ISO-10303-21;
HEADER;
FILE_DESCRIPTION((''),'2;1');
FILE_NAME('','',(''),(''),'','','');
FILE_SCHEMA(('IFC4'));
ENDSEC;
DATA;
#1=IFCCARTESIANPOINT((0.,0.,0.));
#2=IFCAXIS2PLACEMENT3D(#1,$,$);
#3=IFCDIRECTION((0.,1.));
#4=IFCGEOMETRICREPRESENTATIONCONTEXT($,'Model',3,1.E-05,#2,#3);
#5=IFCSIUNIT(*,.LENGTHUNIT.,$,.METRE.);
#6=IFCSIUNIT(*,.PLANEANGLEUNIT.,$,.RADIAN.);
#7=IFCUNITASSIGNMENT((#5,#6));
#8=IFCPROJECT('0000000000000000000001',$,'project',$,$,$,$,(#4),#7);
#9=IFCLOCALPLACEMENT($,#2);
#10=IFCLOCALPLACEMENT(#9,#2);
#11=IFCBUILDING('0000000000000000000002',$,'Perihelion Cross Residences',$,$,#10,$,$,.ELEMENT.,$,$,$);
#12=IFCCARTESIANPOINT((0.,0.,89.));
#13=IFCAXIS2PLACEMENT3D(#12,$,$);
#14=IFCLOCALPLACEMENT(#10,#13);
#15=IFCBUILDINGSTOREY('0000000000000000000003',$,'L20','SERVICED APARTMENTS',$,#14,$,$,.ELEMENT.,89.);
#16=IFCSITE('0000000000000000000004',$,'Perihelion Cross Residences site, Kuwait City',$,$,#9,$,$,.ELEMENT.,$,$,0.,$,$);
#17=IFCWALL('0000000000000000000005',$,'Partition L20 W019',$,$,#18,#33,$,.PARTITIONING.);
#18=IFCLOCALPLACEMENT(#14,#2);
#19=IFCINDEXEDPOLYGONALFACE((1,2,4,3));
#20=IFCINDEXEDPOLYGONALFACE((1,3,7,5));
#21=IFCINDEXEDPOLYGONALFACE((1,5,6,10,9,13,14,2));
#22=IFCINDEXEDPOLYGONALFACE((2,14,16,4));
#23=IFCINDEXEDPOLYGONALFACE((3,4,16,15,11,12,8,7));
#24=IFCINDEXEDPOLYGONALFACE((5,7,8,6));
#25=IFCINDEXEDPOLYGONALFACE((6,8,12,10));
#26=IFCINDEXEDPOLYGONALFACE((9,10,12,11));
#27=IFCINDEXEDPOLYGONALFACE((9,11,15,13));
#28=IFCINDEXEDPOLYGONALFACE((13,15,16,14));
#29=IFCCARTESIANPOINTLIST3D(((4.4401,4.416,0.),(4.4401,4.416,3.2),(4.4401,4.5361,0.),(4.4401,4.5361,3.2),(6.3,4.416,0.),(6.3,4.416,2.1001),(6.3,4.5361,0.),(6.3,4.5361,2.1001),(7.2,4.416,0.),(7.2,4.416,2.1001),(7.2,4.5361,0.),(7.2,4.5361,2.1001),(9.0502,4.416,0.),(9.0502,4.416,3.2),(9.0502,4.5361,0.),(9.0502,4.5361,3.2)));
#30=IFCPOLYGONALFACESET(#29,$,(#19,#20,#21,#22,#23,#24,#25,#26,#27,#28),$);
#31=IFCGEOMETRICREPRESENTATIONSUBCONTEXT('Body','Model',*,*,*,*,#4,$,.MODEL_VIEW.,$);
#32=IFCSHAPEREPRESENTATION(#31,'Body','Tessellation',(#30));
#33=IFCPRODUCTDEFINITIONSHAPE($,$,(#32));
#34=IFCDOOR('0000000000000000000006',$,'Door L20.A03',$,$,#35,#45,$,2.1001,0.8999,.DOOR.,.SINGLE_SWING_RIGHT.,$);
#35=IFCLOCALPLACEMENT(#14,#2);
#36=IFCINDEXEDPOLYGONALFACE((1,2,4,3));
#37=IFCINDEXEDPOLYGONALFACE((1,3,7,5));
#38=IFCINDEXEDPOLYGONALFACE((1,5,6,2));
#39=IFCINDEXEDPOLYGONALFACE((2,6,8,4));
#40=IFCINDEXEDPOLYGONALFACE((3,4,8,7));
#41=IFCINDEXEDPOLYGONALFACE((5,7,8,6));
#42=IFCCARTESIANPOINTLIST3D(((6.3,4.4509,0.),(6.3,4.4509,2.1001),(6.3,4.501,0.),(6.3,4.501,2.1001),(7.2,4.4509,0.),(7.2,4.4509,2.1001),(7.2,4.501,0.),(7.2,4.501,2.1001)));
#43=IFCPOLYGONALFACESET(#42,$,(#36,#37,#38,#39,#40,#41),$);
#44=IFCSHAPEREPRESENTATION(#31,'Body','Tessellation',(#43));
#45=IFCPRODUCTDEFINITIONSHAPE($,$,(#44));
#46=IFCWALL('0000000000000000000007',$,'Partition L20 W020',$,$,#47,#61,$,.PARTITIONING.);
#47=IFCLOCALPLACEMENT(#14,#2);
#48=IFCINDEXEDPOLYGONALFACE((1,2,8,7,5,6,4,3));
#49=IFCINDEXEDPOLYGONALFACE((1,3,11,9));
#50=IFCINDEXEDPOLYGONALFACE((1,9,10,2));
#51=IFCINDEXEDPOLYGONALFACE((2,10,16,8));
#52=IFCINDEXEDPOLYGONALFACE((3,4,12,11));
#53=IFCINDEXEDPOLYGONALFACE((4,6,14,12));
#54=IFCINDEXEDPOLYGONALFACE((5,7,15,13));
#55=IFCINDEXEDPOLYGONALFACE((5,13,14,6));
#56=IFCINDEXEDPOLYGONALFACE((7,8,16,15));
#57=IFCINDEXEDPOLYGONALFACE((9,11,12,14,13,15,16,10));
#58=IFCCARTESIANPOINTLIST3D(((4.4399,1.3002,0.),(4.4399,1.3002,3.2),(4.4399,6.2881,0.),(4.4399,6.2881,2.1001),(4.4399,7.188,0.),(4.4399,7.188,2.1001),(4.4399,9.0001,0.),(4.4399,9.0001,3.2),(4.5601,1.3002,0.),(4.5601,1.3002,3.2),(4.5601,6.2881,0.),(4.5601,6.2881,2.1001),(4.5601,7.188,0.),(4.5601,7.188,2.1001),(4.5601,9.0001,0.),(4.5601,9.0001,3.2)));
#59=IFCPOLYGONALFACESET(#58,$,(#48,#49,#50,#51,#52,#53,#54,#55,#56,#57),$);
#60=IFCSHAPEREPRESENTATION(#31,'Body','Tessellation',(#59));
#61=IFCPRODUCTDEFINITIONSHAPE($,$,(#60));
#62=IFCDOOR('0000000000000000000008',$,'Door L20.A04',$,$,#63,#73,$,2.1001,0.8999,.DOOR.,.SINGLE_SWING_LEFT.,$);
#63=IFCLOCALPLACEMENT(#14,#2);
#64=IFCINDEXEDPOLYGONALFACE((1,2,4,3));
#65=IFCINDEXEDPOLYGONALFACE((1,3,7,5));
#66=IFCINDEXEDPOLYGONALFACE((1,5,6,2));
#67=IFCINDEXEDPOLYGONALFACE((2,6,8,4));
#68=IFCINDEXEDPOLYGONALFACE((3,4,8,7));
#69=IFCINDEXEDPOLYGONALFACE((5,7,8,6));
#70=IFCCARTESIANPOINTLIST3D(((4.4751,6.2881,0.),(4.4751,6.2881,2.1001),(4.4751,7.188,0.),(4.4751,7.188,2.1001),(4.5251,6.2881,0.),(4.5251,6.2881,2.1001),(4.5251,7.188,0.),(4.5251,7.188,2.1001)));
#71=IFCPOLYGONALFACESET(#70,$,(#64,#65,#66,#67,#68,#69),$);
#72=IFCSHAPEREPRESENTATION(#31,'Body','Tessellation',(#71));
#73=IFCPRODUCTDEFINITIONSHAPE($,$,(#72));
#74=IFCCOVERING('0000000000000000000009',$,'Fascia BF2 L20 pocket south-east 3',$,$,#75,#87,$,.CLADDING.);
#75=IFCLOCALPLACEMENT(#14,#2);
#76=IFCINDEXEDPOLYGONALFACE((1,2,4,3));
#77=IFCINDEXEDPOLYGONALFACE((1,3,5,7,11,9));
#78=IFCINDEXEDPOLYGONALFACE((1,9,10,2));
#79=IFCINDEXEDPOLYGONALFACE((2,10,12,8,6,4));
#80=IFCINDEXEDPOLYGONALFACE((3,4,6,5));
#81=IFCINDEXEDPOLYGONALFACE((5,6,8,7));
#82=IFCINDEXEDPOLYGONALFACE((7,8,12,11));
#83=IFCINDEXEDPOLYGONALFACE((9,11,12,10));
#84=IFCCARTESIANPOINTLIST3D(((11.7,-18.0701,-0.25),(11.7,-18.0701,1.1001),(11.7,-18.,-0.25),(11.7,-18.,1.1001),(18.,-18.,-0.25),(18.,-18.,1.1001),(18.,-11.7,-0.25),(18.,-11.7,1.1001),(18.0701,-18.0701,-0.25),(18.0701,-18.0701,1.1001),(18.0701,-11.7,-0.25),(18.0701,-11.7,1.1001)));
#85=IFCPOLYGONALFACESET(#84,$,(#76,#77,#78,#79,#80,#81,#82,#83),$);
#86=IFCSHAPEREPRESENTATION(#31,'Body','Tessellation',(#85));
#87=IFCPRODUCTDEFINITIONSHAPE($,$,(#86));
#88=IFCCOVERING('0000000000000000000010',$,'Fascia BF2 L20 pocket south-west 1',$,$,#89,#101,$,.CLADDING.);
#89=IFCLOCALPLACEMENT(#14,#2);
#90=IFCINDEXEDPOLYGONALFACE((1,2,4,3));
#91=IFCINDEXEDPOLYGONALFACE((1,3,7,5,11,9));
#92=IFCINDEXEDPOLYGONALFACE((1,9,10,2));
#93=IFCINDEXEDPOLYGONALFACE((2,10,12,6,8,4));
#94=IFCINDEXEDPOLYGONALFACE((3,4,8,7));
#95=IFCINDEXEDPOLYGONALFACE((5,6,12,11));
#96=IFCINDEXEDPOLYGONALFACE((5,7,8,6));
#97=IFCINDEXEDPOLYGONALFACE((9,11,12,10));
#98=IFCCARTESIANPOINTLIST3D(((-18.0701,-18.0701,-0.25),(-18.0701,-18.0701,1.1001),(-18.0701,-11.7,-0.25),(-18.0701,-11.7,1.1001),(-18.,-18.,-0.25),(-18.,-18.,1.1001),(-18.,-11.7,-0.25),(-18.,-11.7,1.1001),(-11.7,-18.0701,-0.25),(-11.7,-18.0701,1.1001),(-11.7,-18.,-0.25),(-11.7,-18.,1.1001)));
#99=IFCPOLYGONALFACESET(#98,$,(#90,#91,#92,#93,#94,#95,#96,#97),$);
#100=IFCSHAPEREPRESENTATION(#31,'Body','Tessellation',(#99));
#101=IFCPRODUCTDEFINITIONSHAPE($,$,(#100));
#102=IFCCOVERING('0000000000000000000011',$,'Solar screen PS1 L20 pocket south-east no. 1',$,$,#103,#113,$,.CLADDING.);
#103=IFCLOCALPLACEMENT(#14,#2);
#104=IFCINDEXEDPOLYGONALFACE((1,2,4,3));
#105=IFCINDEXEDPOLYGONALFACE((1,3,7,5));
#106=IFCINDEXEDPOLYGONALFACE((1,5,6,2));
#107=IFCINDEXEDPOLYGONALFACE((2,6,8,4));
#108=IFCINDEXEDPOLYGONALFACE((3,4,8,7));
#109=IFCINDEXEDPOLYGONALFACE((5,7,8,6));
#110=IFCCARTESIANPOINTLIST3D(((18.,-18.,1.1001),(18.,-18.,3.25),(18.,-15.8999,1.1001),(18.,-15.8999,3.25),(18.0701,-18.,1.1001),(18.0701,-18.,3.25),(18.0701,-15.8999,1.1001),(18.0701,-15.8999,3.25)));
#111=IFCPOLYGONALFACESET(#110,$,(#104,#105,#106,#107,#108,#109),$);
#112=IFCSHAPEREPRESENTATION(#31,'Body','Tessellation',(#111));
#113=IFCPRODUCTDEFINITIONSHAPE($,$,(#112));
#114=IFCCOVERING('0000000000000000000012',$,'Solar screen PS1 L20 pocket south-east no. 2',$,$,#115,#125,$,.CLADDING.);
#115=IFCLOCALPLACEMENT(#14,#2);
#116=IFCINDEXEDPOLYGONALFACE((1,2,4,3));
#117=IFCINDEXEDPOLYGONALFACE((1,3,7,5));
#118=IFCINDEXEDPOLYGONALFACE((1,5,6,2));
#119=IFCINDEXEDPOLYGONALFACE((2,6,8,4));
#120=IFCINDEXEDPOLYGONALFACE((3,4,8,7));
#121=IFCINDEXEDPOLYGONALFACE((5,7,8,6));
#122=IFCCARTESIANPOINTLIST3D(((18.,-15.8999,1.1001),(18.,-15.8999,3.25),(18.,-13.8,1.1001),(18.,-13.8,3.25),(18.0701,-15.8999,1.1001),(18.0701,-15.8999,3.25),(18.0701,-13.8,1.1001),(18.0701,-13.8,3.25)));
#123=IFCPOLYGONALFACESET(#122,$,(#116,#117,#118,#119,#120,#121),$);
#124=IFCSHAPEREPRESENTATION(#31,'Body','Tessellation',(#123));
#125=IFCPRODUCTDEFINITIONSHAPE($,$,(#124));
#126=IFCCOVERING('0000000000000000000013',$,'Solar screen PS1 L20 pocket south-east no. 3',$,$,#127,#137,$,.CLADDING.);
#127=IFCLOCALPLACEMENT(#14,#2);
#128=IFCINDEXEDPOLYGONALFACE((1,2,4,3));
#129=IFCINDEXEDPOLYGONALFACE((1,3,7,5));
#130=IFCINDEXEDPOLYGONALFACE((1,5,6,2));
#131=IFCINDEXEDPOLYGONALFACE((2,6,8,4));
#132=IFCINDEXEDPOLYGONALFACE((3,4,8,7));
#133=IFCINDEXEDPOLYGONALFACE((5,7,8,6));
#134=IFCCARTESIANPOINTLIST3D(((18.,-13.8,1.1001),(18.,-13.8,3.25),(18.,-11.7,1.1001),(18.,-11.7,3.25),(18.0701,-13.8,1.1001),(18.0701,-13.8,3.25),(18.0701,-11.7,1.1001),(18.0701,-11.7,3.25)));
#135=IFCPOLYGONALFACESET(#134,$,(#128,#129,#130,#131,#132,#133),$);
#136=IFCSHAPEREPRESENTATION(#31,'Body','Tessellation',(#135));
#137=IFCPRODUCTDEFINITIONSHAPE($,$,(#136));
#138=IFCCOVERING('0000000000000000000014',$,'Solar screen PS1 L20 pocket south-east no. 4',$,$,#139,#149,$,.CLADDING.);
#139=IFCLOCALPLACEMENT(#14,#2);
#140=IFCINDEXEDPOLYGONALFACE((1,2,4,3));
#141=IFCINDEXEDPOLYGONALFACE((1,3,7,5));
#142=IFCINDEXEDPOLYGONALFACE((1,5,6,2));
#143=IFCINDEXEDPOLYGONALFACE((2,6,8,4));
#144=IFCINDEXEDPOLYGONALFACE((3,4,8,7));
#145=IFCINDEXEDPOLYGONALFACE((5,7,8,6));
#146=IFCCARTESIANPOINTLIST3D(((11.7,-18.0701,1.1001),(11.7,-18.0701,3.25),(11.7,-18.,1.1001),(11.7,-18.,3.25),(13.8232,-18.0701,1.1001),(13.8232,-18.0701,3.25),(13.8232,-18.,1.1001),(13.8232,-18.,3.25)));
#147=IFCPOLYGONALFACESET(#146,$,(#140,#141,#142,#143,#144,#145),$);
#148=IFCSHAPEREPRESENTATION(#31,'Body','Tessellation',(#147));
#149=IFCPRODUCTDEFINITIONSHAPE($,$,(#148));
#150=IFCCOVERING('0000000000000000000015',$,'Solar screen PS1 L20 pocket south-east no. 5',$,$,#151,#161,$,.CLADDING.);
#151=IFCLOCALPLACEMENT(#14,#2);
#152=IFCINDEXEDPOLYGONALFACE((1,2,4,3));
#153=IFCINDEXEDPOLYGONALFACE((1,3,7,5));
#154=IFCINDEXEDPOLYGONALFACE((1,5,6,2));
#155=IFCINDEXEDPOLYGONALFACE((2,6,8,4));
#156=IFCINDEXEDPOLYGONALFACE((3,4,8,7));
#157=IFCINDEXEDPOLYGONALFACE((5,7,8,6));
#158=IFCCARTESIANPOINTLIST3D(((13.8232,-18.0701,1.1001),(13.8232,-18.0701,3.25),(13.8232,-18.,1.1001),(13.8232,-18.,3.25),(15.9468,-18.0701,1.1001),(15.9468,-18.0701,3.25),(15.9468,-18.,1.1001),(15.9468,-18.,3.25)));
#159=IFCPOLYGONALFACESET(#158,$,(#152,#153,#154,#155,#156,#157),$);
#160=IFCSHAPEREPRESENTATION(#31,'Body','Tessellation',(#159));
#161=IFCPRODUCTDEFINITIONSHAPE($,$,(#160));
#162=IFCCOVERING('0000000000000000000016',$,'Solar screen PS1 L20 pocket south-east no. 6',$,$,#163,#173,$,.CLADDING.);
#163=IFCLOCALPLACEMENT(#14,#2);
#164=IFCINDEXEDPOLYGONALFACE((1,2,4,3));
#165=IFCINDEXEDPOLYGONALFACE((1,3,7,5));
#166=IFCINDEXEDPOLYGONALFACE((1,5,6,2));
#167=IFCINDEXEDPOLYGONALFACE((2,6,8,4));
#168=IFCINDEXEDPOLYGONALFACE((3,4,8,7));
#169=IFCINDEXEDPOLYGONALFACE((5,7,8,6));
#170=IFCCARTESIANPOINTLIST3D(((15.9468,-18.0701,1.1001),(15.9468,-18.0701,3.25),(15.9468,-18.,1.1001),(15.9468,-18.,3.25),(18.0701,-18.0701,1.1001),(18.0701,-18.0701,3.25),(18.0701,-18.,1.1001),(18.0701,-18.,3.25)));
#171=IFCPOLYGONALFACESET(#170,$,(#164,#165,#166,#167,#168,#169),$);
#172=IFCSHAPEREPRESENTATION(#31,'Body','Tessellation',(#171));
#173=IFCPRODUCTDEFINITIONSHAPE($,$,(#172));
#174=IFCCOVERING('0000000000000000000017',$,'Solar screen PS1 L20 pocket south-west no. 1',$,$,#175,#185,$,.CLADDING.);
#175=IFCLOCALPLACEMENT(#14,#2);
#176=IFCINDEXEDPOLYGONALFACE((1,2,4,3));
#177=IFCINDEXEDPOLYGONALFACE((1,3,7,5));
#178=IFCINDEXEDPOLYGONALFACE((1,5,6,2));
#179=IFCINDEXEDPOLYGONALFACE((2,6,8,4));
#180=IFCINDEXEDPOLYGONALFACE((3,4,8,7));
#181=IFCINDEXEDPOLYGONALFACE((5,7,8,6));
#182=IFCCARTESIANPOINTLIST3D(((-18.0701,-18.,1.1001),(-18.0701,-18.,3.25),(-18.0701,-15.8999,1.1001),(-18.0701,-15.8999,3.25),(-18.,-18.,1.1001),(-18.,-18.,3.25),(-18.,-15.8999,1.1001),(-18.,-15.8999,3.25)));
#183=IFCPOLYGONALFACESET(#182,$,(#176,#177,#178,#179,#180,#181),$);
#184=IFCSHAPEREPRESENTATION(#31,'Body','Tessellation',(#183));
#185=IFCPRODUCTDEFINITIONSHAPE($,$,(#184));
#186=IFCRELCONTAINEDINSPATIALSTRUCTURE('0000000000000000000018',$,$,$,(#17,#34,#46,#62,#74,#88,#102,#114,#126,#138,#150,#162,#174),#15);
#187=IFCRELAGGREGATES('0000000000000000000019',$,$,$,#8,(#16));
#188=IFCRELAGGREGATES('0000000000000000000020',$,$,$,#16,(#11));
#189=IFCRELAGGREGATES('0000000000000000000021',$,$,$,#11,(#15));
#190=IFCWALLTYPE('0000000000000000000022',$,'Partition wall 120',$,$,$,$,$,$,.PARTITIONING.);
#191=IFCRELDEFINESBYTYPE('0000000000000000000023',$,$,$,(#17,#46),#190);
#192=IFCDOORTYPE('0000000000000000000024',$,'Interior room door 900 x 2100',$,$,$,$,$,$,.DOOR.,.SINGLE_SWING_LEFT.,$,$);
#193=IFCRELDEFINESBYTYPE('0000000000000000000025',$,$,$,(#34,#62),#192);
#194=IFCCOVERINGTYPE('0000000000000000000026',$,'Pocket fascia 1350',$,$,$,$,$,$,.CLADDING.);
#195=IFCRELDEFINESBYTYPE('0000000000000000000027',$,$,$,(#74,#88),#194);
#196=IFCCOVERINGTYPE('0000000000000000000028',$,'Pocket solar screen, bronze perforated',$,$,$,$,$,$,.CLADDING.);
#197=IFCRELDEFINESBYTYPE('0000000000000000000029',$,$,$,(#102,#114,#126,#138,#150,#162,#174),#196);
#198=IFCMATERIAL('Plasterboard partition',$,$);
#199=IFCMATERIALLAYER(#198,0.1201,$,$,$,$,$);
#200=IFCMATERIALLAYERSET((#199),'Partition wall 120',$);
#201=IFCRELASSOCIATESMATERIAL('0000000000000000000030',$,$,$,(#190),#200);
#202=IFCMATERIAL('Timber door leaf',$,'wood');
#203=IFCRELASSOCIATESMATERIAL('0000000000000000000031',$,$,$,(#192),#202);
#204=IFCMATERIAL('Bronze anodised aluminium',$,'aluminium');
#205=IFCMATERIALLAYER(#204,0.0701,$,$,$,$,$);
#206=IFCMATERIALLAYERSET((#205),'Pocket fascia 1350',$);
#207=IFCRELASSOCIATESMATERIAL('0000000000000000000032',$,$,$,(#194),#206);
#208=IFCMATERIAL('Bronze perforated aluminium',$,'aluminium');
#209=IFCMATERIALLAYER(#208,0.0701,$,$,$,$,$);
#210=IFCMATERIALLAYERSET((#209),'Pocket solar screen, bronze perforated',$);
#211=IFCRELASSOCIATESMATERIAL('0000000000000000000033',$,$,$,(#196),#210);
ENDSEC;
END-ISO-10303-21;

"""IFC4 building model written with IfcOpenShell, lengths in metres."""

from ifc_helpers import new_model, si_unit, direction, frame, frame_2d, origin, place, context, subcontext, project, spatial, polyline, rectangle, outline, extrude, material, layer, layer_set, type_object, element, fill, save


model = new_model("IFC4")

# Units and contexts
model_context = context("Model", 3, precision=1e-05, world=origin(), true_north=direction((0.0, 1.0)))
body_context = subcontext(model_context, "Body", "Model", "MODEL_VIEW")
ifc_project = project(units=[si_unit("LENGTHUNIT", "METRE"), si_unit("PLANEANGLEUNIT", "RADIAN")], contexts=[model_context])

# Site, building, storey
site_placement = place(None, origin())
site = spatial("IfcSite", under=ifc_project, at=site_placement, Name="Perihelion Cross Residences site, Kuwait City", CompositionType="ELEMENT", RefElevation=0.0)
building_placement = place(site_placement, origin())
building = spatial("IfcBuilding", under=site, at=building_placement, Name="Perihelion Cross Residences", CompositionType="ELEMENT")
storey_placement = place(building_placement, frame((0.0, 0.0, 89.0)))
storey = spatial("IfcBuildingStorey", under=building, at=storey_placement, Name="L20", Description="SERVICED APARTMENTS", CompositionType="ELEMENT", Elevation=89.0)

# Walls, openings, doors
ifc_material_1 = material(Name="Plasterboard partition")
ifc_layer_1 = layer(ifc_material_1, 0.1201)
ifc_layer_set_1 = layer_set([ifc_layer_1], Name="Partition wall 120")
wall_type_1 = type_object("IfcWallType", Name="Partition wall 120", PredefinedType="PARTITIONING", material=ifc_layer_set_1)
wall_1_placement = place(storey_placement, frame((4.4399, 4.4761, 0.0), z_axis=(0.0, 0.0, 1.0), x_axis=(1.0, 0.0, 0.0)))
wall_1 = element("IfcWall", 1, at=wall_1_placement, inside=storey, type_object=wall_type_1, Name="Partition L20 W019", PredefinedType="PARTITIONING", context=body_context, shape_type="SweptSolid", body=[
    extrude(rectangle(XDim=4.6101, YDim=0.1201, at=frame_2d((2.3052, 0.0))), origin(), (0.0, 0.0, 1.0), 3.2),
])
opening_1_placement = place(wall_1_placement, frame((1.8601, 0.0, 0.0)))
opening_1 = element("IfcOpeningElement", 2, at=opening_1_placement, cuts=wall_1, PredefinedType="OPENING", context=body_context, shape_type="SweptSolid", body=[
    extrude(rectangle(XDim=0.8999, YDim=2.1001, at=frame_2d((0.45, 1.05))), frame((0.0, 0.0701, 0.0), z_axis=(0.0, -1.0, 0.0), x_axis=(1.0, 0.0, 0.0)), (0.0, 0.0, 1.0), 0.1401),
])
ifc_material_2 = material(Name="Timber door leaf", Category="wood")
door_type_1 = type_object("IfcDoorType", Name="Interior room door 900 x 2100", OperationType="SINGLE_SWING_LEFT", PredefinedType="DOOR", material=ifc_material_2)
door_1_placement = place(opening_1_placement, origin())
door_1 = element("IfcDoor", 3, at=door_1_placement, inside=storey, type_object=door_type_1, Name="Door L20.A03", OperationType="SINGLE_SWING_RIGHT", OverallHeight=2.1001, OverallWidth=0.8999, PredefinedType="DOOR", context=body_context, shape_type="SweptSolid", body=[
    extrude(rectangle(XDim=0.8999, YDim=2.1001, at=frame_2d((0.45, 1.05))), frame((0.0, 0.0249, 0.0), z_axis=(0.0, -1.0, 0.0), x_axis=(1.0, 0.0, 0.0)), (0.0, 0.0, 1.0), 0.05),
])
fill(opening_1, door_1)
wall_2_placement = place(storey_placement, frame((4.5, 1.3, 0.0), z_axis=(0.0, 0.0, 1.0), x_axis=(0.0, 1.0, 0.0)))
wall_2 = element("IfcWall", 4, at=wall_2_placement, inside=storey, type_object=wall_type_1, Name="Partition L20 W020", PredefinedType="PARTITIONING", context=body_context, shape_type="SweptSolid", body=[
    extrude(rectangle(XDim=7.7, YDim=0.1201, at=frame_2d((3.8501, 0.0))), origin(), (0.0, 0.0, 1.0), 3.2),
])
opening_2_placement = place(wall_2_placement, frame((4.988, 0.0, 0.0)))
opening_2 = element("IfcOpeningElement", 5, at=opening_2_placement, cuts=wall_2, PredefinedType="OPENING", context=body_context, shape_type="SweptSolid", body=[
    extrude(rectangle(XDim=0.8999, YDim=2.1001, at=frame_2d((0.45, 1.05))), frame((0.0, 0.0701, 0.0), z_axis=(0.0, -1.0, 0.0), x_axis=(1.0, 0.0, 0.0)), (0.0, 0.0, 1.0), 0.1401),
])
door_2_placement = place(opening_2_placement, origin())
door_2 = element("IfcDoor", 6, at=door_2_placement, inside=storey, type_object=door_type_1, Name="Door L20.A04", OperationType="SINGLE_SWING_LEFT", OverallHeight=2.1001, OverallWidth=0.8999, PredefinedType="DOOR", context=body_context, shape_type="SweptSolid", body=[
    extrude(rectangle(XDim=0.8999, YDim=2.1001, at=frame_2d((0.45, 1.05))), frame((0.0, 0.0249, 0.0), z_axis=(0.0, -1.0, 0.0), x_axis=(1.0, 0.0, 0.0)), (0.0, 0.0, 1.0), 0.05),
])
fill(opening_2, door_2)

# Coverings
ifc_material_3 = material(Name="Bronze anodised aluminium", Category="aluminium")
ifc_layer_2 = layer(ifc_material_3, 0.0701)
ifc_layer_set_2 = layer_set([ifc_layer_2], Name="Pocket fascia 1350")
covering_type_1 = type_object("IfcCoveringType", Name="Pocket fascia 1350", PredefinedType="CLADDING", material=ifc_layer_set_2)
covering_1_placement = place(storey_placement, frame((0.0, 0.0, -0.25)))
element("IfcCovering", 7, at=covering_1_placement, inside=storey, type_object=covering_type_1, Name="Fascia BF2 L20 pocket south-east 3", PredefinedType="CLADDING", context=body_context, shape_type="SweptSolid", body=[
    extrude(outline(polyline([(18.0701, -18.0701), (18.0701, -11.7), (18.0, -11.7), (18.0, -18.0), (11.7, -18.0), (11.7, -18.0701), (18.0701, -18.0701)])), origin(), (0.0, 0.0, 1.0), 1.3501),
])
covering_2_placement = place(storey_placement, frame((0.0, 0.0, -0.25)))
element("IfcCovering", 8, at=covering_2_placement, inside=storey, type_object=covering_type_1, Name="Fascia BF2 L20 pocket south-west 1", PredefinedType="CLADDING", context=body_context, shape_type="SweptSolid", body=[
    extrude(outline(polyline([(-18.0701, -11.7), (-18.0701, -18.0701), (-11.7, -18.0701), (-11.7, -18.0), (-18.0, -18.0), (-18.0, -11.7), (-18.0701, -11.7)])), origin(), (0.0, 0.0, 1.0), 1.3501),
])
ifc_material_4 = material(Name="Bronze perforated aluminium", Category="aluminium")
ifc_layer_3 = layer(ifc_material_4, 0.0701)
ifc_layer_set_3 = layer_set([ifc_layer_3], Name="Pocket solar screen, bronze perforated")
covering_type_2 = type_object("IfcCoveringType", Name="Pocket solar screen, bronze perforated", PredefinedType="CLADDING", material=ifc_layer_set_3)
covering_3_placement = place(storey_placement, frame((0.0, 0.0, 1.1001)))
element("IfcCovering", 9, at=covering_3_placement, inside=storey, type_object=covering_type_2, Name="Solar screen PS1 L20 pocket south-east no. 1", PredefinedType="CLADDING", context=body_context, shape_type="SweptSolid", body=[
    extrude(outline(polyline([(18.0701, -18.0), (18.0701, -15.8999), (18.0, -15.8999), (18.0, -18.0), (18.0701, -18.0)])), origin(), (0.0, 0.0, 1.0), 2.1499),
])
covering_4_placement = place(storey_placement, frame((0.0, 0.0, 1.1001)))
element("IfcCovering", 10, at=covering_4_placement, inside=storey, type_object=covering_type_2, Name="Solar screen PS1 L20 pocket south-east no. 2", PredefinedType="CLADDING", context=body_context, shape_type="SweptSolid", body=[
    extrude(outline(polyline([(18.0701, -15.8999), (18.0701, -13.8), (18.0, -13.8), (18.0, -15.8999), (18.0701, -15.8999)])), origin(), (0.0, 0.0, 1.0), 2.1499),
])
covering_5_placement = place(storey_placement, frame((0.0, 0.0, 1.1001)))
element("IfcCovering", 11, at=covering_5_placement, inside=storey, type_object=covering_type_2, Name="Solar screen PS1 L20 pocket south-east no. 3", PredefinedType="CLADDING", context=body_context, shape_type="SweptSolid", body=[
    extrude(outline(polyline([(18.0701, -13.8), (18.0701, -11.7), (18.0, -11.7), (18.0, -13.8), (18.0701, -13.8)])), origin(), (0.0, 0.0, 1.0), 2.1499),
])
covering_6_placement = place(storey_placement, frame((0.0, 0.0, 1.1001)))
element("IfcCovering", 12, at=covering_6_placement, inside=storey, type_object=covering_type_2, Name="Solar screen PS1 L20 pocket south-east no. 4", PredefinedType="CLADDING", context=body_context, shape_type="SweptSolid", body=[
    extrude(outline(polyline([(13.8232, -18.0701), (13.8232, -18.0), (11.7, -18.0), (11.7, -18.0701), (13.8232, -18.0701)])), origin(), (0.0, 0.0, 1.0), 2.1499),
])
covering_7_placement = place(storey_placement, frame((0.0, 0.0, 1.1001)))
element("IfcCovering", 13, at=covering_7_placement, inside=storey, type_object=covering_type_2, Name="Solar screen PS1 L20 pocket south-east no. 5", PredefinedType="CLADDING", context=body_context, shape_type="SweptSolid", body=[
    extrude(outline(polyline([(15.9468, -18.0701), (15.9468, -18.0), (13.8232, -18.0), (13.8232, -18.0701), (15.9468, -18.0701)])), origin(), (0.0, 0.0, 1.0), 2.1499),
])
covering_8_placement = place(storey_placement, frame((0.0, 0.0, 1.1001)))
element("IfcCovering", 14, at=covering_8_placement, inside=storey, type_object=covering_type_2, Name="Solar screen PS1 L20 pocket south-east no. 6", PredefinedType="CLADDING", context=body_context, shape_type="SweptSolid", body=[
    extrude(outline(polyline([(18.0701, -18.0701), (18.0701, -18.0), (15.9468, -18.0), (15.9468, -18.0701), (18.0701, -18.0701)])), origin(), (0.0, 0.0, 1.0), 2.1499),
])
covering_9_placement = place(storey_placement, frame((0.0, 0.0, 1.1001)))
element("IfcCovering", 15, at=covering_9_placement, inside=storey, type_object=covering_type_2, Name="Solar screen PS1 L20 pocket south-west no. 1", PredefinedType="CLADDING", context=body_context, shape_type="SweptSolid", body=[
    extrude(outline(polyline([(-18.0, -18.0), (-18.0, -15.8999), (-18.0701, -15.8999), (-18.0701, -18.0), (-18.0, -18.0)])), origin(), (0.0, 0.0, 1.0), 2.1499),
])

save(model, "model.ifc")
